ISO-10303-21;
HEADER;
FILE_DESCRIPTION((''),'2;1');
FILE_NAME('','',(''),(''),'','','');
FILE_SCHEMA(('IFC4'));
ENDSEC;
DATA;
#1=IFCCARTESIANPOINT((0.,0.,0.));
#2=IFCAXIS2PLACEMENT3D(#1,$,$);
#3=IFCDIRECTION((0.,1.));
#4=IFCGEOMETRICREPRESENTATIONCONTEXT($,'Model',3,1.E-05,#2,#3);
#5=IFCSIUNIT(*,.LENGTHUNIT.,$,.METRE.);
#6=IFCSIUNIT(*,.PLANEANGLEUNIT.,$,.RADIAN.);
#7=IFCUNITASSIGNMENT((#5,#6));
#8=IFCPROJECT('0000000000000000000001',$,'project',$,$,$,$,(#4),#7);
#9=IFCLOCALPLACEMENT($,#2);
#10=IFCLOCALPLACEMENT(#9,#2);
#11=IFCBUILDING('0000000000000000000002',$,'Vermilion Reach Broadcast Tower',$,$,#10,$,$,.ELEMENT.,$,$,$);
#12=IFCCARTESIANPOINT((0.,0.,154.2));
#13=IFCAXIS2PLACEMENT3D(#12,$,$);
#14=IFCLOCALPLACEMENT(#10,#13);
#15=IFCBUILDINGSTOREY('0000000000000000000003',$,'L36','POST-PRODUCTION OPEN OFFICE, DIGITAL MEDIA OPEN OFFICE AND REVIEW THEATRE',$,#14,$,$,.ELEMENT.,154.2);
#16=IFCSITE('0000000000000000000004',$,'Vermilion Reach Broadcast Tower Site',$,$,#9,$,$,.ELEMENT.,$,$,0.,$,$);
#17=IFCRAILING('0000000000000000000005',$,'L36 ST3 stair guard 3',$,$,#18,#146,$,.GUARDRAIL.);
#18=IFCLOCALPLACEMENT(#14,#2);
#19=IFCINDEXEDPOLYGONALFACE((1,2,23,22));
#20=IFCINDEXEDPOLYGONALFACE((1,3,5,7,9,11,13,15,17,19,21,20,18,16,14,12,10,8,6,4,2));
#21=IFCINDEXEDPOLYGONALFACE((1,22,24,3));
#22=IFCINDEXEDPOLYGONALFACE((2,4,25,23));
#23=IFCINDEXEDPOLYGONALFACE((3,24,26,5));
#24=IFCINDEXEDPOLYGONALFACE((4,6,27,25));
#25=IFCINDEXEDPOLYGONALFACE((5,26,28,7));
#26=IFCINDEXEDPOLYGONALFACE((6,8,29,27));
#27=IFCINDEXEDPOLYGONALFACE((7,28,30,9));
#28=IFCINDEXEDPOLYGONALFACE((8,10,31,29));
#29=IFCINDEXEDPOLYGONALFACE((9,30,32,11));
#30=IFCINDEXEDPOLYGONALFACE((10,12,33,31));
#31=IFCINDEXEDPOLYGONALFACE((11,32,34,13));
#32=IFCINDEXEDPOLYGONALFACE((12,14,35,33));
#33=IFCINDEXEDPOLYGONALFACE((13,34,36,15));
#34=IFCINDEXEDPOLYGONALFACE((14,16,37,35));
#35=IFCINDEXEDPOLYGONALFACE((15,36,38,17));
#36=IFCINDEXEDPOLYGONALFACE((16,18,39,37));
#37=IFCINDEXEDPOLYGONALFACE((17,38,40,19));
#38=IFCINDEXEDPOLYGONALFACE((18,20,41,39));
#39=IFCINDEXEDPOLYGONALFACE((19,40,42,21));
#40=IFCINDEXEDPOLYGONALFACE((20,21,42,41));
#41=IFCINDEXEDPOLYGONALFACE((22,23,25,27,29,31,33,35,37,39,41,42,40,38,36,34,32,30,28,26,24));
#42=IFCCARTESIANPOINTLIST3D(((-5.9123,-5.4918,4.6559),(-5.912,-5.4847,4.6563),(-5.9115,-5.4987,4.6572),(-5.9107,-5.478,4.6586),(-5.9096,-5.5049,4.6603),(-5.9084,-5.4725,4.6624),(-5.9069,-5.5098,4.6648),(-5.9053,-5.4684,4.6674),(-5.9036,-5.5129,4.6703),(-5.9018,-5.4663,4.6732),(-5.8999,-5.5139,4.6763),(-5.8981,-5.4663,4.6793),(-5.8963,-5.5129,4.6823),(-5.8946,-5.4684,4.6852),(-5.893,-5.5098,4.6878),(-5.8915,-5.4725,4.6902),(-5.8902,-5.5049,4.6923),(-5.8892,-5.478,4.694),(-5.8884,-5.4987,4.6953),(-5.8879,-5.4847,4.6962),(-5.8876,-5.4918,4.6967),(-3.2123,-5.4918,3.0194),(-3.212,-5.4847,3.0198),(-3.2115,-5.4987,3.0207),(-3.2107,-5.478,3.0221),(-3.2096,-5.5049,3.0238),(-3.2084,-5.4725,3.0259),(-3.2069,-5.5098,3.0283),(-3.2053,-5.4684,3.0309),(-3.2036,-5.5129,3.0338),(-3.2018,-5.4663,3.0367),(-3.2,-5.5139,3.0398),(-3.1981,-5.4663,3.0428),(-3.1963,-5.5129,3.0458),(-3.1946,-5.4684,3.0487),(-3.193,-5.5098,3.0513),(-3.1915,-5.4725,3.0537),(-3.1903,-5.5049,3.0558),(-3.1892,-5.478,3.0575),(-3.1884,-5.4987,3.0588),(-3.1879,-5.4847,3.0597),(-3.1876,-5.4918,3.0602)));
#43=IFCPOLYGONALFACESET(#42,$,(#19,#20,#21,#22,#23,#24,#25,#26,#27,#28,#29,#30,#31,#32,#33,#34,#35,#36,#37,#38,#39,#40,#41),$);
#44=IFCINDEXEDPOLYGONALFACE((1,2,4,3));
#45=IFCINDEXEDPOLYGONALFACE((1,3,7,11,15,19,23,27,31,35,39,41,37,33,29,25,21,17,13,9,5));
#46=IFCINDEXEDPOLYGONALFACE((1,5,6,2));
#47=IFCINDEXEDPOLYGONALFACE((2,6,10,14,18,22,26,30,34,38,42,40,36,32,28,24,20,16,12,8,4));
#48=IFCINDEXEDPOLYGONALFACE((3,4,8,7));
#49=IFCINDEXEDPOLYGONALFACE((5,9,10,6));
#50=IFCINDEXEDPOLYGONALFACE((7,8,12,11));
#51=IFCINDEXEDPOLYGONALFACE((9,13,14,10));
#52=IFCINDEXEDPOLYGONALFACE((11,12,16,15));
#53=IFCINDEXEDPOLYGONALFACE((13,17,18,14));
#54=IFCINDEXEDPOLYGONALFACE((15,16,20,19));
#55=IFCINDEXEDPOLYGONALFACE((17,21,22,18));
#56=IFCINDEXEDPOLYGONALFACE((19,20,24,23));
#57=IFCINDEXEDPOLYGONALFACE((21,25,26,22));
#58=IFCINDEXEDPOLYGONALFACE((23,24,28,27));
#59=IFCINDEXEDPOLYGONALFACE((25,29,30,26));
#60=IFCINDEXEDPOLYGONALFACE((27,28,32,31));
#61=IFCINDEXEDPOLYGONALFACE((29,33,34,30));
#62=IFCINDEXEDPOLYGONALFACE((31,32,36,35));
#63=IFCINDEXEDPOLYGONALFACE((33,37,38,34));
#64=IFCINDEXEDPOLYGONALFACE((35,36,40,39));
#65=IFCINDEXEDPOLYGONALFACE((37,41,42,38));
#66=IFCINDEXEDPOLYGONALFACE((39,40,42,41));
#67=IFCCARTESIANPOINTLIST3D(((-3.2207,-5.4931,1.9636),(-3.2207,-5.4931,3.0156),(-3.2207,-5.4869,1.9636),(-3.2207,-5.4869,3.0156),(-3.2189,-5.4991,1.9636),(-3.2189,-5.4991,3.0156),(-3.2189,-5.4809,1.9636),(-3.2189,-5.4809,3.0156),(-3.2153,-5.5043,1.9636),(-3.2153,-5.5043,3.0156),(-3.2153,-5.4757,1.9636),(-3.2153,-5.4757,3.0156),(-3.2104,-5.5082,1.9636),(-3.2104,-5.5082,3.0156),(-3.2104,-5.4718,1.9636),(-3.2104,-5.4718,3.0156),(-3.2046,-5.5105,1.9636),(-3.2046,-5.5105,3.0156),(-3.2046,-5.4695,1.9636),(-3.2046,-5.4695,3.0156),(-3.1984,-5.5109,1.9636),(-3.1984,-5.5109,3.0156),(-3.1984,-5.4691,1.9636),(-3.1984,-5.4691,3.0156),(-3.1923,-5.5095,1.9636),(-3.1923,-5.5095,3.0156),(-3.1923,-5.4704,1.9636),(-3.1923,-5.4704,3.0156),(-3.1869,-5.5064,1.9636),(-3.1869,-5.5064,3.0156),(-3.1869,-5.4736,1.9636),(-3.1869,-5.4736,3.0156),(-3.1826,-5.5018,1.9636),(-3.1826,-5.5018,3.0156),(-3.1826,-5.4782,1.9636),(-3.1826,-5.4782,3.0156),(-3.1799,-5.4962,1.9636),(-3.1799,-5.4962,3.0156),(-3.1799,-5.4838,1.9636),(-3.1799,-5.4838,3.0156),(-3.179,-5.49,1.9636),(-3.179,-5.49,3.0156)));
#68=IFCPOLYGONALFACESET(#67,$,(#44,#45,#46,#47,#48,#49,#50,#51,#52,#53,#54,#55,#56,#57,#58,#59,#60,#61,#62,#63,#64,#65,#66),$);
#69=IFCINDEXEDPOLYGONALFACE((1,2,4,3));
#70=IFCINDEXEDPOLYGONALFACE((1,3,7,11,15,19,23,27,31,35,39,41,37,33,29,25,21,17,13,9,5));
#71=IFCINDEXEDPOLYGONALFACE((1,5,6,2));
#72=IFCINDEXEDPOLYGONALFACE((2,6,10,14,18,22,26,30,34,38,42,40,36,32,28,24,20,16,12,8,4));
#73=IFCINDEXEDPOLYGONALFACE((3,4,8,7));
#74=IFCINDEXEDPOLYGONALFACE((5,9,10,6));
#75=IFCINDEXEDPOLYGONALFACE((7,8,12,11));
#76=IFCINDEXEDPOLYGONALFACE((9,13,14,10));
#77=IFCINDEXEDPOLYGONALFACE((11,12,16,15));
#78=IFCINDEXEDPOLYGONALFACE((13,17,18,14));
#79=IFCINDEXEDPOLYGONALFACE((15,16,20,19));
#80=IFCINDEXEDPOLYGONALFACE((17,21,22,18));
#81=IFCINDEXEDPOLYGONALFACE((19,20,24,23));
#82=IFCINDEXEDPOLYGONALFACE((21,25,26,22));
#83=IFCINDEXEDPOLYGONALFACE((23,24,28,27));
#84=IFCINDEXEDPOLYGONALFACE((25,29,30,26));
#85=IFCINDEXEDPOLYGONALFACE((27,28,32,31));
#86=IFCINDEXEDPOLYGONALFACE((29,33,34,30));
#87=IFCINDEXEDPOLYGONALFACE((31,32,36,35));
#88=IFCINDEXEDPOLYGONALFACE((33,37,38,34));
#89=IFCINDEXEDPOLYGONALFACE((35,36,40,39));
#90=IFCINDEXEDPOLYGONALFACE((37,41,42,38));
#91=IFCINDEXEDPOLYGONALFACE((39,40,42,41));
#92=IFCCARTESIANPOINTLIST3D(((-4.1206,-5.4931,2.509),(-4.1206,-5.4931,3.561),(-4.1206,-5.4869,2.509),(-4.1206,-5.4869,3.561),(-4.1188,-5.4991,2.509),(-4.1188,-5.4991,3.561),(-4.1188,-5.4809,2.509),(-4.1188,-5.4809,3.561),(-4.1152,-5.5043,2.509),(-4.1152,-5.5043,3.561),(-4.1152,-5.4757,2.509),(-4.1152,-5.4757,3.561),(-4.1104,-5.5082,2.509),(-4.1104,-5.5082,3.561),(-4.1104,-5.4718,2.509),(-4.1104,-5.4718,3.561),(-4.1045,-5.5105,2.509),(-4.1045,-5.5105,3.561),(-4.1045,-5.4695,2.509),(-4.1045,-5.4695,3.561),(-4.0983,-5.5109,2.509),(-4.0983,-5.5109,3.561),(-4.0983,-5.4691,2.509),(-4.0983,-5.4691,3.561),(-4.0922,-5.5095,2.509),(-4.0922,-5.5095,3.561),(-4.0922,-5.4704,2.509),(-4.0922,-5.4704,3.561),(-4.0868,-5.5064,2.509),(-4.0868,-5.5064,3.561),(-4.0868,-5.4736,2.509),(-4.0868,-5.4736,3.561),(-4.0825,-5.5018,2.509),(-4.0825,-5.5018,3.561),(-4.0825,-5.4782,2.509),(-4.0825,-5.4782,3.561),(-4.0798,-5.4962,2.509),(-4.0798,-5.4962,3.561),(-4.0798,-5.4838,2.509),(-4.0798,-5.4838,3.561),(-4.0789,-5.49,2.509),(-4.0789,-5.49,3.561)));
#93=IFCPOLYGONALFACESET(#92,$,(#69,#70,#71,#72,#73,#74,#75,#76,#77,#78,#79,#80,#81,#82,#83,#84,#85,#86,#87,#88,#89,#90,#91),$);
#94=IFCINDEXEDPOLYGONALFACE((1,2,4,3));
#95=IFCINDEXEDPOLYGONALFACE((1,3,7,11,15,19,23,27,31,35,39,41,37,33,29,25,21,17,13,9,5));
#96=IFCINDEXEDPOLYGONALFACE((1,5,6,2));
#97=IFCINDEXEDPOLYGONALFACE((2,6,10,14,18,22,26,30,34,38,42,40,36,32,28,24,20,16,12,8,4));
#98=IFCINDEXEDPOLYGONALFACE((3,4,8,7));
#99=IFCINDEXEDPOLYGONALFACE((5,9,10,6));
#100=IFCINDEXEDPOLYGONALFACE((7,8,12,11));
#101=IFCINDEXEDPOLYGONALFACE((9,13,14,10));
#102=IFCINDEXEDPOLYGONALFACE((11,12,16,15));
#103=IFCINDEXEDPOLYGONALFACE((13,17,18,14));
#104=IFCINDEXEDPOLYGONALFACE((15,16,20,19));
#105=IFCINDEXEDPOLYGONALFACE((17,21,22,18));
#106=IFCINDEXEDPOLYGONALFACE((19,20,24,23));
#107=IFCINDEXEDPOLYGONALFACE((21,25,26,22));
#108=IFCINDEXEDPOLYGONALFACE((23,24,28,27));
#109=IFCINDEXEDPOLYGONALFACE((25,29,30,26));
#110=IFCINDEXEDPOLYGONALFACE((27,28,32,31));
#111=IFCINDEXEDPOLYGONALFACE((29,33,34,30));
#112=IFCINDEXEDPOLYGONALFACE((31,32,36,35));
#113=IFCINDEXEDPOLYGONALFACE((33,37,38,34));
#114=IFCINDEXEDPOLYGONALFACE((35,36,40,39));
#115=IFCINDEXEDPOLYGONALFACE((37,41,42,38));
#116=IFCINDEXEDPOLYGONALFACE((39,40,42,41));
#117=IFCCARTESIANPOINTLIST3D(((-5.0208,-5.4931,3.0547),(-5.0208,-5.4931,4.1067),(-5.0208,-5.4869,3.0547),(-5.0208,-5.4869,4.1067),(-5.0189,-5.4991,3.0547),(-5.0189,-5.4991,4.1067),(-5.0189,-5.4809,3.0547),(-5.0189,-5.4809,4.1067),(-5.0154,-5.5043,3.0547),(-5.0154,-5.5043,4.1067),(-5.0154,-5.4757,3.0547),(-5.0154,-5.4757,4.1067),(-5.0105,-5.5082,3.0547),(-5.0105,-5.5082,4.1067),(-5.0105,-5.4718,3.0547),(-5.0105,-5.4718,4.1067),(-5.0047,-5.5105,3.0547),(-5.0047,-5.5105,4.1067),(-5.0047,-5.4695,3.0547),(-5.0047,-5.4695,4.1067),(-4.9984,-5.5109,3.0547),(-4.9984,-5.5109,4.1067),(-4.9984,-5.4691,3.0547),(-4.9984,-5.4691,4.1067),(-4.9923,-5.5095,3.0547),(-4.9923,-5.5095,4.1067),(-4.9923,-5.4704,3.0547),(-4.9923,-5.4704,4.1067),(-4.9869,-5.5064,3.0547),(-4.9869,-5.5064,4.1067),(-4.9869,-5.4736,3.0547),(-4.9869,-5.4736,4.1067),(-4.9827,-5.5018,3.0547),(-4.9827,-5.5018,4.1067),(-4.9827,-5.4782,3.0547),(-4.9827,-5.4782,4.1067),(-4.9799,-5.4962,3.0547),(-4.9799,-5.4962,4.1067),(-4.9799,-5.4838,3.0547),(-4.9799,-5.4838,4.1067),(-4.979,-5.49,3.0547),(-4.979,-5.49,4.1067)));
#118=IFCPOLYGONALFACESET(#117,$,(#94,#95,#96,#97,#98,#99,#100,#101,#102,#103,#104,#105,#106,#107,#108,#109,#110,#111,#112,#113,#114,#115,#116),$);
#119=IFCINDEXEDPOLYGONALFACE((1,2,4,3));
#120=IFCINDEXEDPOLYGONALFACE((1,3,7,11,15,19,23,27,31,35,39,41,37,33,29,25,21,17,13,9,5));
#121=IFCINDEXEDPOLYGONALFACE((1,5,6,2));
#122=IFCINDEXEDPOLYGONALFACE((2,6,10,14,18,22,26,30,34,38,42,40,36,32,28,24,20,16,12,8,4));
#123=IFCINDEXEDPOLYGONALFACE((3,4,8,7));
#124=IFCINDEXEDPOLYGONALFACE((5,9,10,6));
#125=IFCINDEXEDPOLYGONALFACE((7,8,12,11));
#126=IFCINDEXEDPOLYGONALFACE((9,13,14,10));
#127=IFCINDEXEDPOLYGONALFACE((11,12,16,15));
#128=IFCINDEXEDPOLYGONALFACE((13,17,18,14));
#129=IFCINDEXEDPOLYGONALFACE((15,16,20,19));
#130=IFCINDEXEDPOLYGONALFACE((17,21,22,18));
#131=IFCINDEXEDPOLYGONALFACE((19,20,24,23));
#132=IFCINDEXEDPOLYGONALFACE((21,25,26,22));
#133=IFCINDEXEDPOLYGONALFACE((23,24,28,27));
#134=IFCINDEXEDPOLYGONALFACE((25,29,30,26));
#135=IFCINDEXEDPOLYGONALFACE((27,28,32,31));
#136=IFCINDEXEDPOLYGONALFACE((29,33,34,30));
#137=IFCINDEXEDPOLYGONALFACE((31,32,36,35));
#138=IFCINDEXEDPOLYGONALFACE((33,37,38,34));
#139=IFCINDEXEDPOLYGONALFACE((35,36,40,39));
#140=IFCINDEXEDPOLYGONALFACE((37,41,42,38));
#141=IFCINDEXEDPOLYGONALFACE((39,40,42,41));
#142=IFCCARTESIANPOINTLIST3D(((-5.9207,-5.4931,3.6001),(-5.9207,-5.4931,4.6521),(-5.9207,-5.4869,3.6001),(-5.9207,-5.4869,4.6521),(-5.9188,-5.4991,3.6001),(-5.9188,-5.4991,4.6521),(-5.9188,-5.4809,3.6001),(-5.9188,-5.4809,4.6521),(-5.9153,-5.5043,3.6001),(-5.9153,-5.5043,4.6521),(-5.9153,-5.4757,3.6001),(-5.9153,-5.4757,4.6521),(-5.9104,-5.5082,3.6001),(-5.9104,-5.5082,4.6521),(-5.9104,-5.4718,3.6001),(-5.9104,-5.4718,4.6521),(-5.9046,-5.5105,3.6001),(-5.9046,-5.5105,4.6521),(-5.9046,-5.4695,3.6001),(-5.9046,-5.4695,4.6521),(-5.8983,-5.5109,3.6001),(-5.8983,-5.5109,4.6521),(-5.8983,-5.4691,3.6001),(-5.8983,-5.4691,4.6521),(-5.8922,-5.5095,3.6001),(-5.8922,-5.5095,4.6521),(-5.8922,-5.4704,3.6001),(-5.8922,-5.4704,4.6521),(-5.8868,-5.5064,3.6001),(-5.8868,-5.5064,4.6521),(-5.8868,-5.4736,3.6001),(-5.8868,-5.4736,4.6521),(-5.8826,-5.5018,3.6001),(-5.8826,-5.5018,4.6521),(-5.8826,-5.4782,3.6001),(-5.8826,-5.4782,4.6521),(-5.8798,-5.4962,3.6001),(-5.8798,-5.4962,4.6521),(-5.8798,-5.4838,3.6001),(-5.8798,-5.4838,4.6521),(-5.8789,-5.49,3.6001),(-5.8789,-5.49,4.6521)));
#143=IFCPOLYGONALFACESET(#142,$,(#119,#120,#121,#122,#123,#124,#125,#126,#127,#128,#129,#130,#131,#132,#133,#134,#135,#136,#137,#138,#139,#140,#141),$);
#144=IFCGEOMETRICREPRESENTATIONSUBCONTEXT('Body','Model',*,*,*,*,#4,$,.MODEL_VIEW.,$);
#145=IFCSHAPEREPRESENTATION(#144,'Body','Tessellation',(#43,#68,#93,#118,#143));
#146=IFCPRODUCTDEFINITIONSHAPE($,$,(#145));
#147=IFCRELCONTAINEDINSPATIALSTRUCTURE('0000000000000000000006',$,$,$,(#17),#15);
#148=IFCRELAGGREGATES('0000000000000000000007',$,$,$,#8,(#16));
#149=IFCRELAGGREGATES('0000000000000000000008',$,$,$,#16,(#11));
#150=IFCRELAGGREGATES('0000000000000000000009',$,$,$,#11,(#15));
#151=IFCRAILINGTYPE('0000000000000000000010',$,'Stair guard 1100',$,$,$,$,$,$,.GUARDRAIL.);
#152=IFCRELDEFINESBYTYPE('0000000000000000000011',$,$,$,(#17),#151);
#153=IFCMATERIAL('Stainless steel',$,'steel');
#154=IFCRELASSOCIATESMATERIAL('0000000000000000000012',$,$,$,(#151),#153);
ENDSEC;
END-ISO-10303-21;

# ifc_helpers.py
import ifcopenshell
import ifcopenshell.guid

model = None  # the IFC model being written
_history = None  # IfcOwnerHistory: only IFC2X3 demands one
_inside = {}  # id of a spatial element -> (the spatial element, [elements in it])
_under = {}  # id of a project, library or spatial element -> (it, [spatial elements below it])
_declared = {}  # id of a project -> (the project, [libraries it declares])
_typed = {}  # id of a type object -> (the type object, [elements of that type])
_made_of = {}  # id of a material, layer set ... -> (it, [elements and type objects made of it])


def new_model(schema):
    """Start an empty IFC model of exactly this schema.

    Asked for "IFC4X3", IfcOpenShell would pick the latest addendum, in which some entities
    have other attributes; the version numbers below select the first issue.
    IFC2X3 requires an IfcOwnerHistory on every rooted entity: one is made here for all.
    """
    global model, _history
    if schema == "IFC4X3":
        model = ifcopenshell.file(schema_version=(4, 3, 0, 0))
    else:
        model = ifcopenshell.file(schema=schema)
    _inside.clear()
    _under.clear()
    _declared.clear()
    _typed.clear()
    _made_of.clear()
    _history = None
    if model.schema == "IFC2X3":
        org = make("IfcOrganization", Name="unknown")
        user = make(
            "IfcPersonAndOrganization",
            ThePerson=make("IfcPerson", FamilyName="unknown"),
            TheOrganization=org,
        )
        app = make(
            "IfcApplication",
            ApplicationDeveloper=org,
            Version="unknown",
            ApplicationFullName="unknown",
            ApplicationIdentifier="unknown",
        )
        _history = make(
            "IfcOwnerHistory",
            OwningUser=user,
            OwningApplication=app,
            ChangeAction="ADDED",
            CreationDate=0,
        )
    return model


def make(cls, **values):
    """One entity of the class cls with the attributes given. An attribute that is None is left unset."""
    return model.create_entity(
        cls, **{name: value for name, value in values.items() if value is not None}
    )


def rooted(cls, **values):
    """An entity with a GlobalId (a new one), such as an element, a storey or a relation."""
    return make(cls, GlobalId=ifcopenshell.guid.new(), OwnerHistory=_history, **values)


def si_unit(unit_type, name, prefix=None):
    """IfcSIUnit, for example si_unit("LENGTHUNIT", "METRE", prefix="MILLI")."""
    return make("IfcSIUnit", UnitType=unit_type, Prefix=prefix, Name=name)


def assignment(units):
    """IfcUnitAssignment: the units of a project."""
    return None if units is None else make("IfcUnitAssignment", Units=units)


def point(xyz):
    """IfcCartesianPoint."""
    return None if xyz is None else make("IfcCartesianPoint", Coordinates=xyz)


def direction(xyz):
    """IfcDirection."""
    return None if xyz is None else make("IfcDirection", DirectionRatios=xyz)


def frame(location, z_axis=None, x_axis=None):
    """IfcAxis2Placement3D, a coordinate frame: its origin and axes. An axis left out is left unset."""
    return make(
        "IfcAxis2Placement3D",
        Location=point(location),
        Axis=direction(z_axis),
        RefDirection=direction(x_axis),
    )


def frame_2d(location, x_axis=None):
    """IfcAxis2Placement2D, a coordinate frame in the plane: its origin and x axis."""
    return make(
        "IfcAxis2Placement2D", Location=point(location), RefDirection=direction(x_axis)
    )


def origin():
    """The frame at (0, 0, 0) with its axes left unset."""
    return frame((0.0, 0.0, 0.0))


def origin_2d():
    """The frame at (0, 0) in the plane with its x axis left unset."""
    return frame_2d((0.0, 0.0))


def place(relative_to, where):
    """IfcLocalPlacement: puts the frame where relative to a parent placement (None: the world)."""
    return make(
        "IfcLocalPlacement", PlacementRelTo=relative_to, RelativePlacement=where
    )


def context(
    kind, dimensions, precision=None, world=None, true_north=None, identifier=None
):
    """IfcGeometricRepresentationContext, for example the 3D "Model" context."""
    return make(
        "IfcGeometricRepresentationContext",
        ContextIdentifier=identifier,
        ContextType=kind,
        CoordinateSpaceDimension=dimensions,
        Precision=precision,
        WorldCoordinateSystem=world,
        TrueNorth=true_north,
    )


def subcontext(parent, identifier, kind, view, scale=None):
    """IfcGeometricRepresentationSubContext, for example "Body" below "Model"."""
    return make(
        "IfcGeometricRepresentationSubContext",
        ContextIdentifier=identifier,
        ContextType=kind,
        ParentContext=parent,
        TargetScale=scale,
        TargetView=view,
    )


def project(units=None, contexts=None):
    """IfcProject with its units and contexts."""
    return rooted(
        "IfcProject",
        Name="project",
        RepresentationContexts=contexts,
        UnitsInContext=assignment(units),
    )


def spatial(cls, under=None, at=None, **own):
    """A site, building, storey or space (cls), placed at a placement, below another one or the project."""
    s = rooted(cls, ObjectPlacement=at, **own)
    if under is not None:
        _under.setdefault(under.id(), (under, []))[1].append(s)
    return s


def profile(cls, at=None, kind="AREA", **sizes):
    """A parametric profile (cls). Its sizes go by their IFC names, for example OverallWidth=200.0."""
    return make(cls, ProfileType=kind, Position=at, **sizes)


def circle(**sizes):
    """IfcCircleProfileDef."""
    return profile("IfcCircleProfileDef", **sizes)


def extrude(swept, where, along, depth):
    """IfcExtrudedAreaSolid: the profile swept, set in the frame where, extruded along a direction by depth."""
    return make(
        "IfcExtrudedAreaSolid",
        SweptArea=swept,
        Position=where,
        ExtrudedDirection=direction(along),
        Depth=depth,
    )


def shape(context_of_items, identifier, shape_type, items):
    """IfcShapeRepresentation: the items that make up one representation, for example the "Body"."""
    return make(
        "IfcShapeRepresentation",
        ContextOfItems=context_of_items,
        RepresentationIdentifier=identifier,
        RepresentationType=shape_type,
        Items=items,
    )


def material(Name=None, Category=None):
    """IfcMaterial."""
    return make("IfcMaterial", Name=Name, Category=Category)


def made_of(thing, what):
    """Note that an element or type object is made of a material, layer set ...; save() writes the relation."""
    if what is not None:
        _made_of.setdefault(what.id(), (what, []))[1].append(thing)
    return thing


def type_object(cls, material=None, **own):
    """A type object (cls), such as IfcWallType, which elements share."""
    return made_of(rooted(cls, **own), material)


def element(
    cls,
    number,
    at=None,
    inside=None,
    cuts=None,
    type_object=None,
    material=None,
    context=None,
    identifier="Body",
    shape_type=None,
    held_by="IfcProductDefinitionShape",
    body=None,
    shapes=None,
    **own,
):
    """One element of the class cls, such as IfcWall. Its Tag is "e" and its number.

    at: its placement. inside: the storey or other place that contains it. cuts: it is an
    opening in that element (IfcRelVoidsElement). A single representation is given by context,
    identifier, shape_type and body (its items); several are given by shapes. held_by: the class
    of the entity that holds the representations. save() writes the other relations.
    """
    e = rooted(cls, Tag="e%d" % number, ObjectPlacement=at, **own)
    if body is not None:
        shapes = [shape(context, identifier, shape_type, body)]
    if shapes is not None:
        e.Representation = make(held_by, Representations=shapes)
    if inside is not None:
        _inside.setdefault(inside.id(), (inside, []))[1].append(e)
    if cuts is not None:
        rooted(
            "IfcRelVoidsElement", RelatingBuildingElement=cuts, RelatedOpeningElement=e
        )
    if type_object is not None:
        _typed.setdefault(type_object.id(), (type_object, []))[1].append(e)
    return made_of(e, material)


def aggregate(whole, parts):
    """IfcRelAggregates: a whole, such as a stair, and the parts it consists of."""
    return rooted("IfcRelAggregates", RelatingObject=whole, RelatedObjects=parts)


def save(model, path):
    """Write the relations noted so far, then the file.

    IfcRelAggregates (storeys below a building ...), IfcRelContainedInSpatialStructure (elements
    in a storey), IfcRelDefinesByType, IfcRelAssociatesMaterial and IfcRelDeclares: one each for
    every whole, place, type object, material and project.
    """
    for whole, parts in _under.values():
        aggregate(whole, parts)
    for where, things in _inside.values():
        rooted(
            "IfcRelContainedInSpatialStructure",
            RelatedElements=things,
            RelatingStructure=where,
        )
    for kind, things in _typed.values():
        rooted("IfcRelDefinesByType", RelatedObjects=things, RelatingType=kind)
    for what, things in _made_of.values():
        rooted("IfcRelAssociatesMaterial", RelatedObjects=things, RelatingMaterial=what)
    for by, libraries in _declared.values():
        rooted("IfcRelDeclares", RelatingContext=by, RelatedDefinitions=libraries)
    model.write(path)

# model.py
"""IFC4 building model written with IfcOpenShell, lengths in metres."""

from ifc_helpers import new_model, si_unit, direction, frame, origin, origin_2d, place, context, subcontext, project, spatial, circle, extrude, material, type_object, element, save


model = new_model("IFC4")

# Units and contexts
model_context = context("Model", 3, precision=1e-05, world=origin(), true_north=direction((0.0, 1.0)))
body_context = subcontext(model_context, "Body", "Model", "MODEL_VIEW")
ifc_project = project(units=[si_unit("LENGTHUNIT", "METRE"), si_unit("PLANEANGLEUNIT", "RADIAN")], contexts=[model_context])

# Site, building, storey
site_placement = place(None, origin())
site = spatial("IfcSite", under=ifc_project, at=site_placement, Name="Vermilion Reach Broadcast Tower Site", CompositionType="ELEMENT", RefElevation=0.0)
building_placement = place(site_placement, origin())
building = spatial("IfcBuilding", under=site, at=building_placement, Name="Vermilion Reach Broadcast Tower", CompositionType="ELEMENT")
storey_placement = place(building_placement, frame((0.0, 0.0, 154.2)))
storey = spatial("IfcBuildingStorey", under=building, at=storey_placement, Name="L36", Description="POST-PRODUCTION OPEN OFFICE, DIGITAL MEDIA OPEN OFFICE AND REVIEW THEATRE", CompositionType="ELEMENT", Elevation=154.2)

# Railing
ifc_material_1 = material(Name="Stainless steel", Category="steel")
railing_type_1 = type_object("IfcRailingType", Name="Stair guard 1100", PredefinedType="GUARDRAIL", material=ifc_material_1)
railing_1_placement = place(storey_placement, frame((-3.2, -5.49, 1.9636)))
element("IfcRailing", 1, at=railing_1_placement, inside=storey, type_object=railing_type_1, Name="L36 ST3 stair guard 3", PredefinedType="GUARDRAIL", context=body_context, shape_type="SweptSolid", body=[
    extrude(circle(Radius=0.0239, at=origin_2d()), frame((0.0, 0.0, 1.0762), z_axis=(-0.855178, 0.0, 0.518334), x_axis=(0.0, -1.0, 0.0)), (0.0, 0.0, 1.0), 3.1572),
    extrude(circle(Radius=0.021, at=origin_2d()), origin(), (0.0, 0.0, 1.0), 1.052),
    extrude(circle(Radius=0.021, at=origin_2d()), frame((-0.8999, 0.0, 0.5454)), (0.0, 0.0, 1.0), 1.052),
    extrude(circle(Radius=0.021, at=origin_2d()), frame((-1.8, 0.0, 1.0911)), (0.0, 0.0, 1.0), 1.052),
    extrude(circle(Radius=0.021, at=origin_2d()), frame((-2.7, 0.0, 1.6365)), (0.0, 0.0, 1.0), 1.052),
])

save(model, "model.ifc")
